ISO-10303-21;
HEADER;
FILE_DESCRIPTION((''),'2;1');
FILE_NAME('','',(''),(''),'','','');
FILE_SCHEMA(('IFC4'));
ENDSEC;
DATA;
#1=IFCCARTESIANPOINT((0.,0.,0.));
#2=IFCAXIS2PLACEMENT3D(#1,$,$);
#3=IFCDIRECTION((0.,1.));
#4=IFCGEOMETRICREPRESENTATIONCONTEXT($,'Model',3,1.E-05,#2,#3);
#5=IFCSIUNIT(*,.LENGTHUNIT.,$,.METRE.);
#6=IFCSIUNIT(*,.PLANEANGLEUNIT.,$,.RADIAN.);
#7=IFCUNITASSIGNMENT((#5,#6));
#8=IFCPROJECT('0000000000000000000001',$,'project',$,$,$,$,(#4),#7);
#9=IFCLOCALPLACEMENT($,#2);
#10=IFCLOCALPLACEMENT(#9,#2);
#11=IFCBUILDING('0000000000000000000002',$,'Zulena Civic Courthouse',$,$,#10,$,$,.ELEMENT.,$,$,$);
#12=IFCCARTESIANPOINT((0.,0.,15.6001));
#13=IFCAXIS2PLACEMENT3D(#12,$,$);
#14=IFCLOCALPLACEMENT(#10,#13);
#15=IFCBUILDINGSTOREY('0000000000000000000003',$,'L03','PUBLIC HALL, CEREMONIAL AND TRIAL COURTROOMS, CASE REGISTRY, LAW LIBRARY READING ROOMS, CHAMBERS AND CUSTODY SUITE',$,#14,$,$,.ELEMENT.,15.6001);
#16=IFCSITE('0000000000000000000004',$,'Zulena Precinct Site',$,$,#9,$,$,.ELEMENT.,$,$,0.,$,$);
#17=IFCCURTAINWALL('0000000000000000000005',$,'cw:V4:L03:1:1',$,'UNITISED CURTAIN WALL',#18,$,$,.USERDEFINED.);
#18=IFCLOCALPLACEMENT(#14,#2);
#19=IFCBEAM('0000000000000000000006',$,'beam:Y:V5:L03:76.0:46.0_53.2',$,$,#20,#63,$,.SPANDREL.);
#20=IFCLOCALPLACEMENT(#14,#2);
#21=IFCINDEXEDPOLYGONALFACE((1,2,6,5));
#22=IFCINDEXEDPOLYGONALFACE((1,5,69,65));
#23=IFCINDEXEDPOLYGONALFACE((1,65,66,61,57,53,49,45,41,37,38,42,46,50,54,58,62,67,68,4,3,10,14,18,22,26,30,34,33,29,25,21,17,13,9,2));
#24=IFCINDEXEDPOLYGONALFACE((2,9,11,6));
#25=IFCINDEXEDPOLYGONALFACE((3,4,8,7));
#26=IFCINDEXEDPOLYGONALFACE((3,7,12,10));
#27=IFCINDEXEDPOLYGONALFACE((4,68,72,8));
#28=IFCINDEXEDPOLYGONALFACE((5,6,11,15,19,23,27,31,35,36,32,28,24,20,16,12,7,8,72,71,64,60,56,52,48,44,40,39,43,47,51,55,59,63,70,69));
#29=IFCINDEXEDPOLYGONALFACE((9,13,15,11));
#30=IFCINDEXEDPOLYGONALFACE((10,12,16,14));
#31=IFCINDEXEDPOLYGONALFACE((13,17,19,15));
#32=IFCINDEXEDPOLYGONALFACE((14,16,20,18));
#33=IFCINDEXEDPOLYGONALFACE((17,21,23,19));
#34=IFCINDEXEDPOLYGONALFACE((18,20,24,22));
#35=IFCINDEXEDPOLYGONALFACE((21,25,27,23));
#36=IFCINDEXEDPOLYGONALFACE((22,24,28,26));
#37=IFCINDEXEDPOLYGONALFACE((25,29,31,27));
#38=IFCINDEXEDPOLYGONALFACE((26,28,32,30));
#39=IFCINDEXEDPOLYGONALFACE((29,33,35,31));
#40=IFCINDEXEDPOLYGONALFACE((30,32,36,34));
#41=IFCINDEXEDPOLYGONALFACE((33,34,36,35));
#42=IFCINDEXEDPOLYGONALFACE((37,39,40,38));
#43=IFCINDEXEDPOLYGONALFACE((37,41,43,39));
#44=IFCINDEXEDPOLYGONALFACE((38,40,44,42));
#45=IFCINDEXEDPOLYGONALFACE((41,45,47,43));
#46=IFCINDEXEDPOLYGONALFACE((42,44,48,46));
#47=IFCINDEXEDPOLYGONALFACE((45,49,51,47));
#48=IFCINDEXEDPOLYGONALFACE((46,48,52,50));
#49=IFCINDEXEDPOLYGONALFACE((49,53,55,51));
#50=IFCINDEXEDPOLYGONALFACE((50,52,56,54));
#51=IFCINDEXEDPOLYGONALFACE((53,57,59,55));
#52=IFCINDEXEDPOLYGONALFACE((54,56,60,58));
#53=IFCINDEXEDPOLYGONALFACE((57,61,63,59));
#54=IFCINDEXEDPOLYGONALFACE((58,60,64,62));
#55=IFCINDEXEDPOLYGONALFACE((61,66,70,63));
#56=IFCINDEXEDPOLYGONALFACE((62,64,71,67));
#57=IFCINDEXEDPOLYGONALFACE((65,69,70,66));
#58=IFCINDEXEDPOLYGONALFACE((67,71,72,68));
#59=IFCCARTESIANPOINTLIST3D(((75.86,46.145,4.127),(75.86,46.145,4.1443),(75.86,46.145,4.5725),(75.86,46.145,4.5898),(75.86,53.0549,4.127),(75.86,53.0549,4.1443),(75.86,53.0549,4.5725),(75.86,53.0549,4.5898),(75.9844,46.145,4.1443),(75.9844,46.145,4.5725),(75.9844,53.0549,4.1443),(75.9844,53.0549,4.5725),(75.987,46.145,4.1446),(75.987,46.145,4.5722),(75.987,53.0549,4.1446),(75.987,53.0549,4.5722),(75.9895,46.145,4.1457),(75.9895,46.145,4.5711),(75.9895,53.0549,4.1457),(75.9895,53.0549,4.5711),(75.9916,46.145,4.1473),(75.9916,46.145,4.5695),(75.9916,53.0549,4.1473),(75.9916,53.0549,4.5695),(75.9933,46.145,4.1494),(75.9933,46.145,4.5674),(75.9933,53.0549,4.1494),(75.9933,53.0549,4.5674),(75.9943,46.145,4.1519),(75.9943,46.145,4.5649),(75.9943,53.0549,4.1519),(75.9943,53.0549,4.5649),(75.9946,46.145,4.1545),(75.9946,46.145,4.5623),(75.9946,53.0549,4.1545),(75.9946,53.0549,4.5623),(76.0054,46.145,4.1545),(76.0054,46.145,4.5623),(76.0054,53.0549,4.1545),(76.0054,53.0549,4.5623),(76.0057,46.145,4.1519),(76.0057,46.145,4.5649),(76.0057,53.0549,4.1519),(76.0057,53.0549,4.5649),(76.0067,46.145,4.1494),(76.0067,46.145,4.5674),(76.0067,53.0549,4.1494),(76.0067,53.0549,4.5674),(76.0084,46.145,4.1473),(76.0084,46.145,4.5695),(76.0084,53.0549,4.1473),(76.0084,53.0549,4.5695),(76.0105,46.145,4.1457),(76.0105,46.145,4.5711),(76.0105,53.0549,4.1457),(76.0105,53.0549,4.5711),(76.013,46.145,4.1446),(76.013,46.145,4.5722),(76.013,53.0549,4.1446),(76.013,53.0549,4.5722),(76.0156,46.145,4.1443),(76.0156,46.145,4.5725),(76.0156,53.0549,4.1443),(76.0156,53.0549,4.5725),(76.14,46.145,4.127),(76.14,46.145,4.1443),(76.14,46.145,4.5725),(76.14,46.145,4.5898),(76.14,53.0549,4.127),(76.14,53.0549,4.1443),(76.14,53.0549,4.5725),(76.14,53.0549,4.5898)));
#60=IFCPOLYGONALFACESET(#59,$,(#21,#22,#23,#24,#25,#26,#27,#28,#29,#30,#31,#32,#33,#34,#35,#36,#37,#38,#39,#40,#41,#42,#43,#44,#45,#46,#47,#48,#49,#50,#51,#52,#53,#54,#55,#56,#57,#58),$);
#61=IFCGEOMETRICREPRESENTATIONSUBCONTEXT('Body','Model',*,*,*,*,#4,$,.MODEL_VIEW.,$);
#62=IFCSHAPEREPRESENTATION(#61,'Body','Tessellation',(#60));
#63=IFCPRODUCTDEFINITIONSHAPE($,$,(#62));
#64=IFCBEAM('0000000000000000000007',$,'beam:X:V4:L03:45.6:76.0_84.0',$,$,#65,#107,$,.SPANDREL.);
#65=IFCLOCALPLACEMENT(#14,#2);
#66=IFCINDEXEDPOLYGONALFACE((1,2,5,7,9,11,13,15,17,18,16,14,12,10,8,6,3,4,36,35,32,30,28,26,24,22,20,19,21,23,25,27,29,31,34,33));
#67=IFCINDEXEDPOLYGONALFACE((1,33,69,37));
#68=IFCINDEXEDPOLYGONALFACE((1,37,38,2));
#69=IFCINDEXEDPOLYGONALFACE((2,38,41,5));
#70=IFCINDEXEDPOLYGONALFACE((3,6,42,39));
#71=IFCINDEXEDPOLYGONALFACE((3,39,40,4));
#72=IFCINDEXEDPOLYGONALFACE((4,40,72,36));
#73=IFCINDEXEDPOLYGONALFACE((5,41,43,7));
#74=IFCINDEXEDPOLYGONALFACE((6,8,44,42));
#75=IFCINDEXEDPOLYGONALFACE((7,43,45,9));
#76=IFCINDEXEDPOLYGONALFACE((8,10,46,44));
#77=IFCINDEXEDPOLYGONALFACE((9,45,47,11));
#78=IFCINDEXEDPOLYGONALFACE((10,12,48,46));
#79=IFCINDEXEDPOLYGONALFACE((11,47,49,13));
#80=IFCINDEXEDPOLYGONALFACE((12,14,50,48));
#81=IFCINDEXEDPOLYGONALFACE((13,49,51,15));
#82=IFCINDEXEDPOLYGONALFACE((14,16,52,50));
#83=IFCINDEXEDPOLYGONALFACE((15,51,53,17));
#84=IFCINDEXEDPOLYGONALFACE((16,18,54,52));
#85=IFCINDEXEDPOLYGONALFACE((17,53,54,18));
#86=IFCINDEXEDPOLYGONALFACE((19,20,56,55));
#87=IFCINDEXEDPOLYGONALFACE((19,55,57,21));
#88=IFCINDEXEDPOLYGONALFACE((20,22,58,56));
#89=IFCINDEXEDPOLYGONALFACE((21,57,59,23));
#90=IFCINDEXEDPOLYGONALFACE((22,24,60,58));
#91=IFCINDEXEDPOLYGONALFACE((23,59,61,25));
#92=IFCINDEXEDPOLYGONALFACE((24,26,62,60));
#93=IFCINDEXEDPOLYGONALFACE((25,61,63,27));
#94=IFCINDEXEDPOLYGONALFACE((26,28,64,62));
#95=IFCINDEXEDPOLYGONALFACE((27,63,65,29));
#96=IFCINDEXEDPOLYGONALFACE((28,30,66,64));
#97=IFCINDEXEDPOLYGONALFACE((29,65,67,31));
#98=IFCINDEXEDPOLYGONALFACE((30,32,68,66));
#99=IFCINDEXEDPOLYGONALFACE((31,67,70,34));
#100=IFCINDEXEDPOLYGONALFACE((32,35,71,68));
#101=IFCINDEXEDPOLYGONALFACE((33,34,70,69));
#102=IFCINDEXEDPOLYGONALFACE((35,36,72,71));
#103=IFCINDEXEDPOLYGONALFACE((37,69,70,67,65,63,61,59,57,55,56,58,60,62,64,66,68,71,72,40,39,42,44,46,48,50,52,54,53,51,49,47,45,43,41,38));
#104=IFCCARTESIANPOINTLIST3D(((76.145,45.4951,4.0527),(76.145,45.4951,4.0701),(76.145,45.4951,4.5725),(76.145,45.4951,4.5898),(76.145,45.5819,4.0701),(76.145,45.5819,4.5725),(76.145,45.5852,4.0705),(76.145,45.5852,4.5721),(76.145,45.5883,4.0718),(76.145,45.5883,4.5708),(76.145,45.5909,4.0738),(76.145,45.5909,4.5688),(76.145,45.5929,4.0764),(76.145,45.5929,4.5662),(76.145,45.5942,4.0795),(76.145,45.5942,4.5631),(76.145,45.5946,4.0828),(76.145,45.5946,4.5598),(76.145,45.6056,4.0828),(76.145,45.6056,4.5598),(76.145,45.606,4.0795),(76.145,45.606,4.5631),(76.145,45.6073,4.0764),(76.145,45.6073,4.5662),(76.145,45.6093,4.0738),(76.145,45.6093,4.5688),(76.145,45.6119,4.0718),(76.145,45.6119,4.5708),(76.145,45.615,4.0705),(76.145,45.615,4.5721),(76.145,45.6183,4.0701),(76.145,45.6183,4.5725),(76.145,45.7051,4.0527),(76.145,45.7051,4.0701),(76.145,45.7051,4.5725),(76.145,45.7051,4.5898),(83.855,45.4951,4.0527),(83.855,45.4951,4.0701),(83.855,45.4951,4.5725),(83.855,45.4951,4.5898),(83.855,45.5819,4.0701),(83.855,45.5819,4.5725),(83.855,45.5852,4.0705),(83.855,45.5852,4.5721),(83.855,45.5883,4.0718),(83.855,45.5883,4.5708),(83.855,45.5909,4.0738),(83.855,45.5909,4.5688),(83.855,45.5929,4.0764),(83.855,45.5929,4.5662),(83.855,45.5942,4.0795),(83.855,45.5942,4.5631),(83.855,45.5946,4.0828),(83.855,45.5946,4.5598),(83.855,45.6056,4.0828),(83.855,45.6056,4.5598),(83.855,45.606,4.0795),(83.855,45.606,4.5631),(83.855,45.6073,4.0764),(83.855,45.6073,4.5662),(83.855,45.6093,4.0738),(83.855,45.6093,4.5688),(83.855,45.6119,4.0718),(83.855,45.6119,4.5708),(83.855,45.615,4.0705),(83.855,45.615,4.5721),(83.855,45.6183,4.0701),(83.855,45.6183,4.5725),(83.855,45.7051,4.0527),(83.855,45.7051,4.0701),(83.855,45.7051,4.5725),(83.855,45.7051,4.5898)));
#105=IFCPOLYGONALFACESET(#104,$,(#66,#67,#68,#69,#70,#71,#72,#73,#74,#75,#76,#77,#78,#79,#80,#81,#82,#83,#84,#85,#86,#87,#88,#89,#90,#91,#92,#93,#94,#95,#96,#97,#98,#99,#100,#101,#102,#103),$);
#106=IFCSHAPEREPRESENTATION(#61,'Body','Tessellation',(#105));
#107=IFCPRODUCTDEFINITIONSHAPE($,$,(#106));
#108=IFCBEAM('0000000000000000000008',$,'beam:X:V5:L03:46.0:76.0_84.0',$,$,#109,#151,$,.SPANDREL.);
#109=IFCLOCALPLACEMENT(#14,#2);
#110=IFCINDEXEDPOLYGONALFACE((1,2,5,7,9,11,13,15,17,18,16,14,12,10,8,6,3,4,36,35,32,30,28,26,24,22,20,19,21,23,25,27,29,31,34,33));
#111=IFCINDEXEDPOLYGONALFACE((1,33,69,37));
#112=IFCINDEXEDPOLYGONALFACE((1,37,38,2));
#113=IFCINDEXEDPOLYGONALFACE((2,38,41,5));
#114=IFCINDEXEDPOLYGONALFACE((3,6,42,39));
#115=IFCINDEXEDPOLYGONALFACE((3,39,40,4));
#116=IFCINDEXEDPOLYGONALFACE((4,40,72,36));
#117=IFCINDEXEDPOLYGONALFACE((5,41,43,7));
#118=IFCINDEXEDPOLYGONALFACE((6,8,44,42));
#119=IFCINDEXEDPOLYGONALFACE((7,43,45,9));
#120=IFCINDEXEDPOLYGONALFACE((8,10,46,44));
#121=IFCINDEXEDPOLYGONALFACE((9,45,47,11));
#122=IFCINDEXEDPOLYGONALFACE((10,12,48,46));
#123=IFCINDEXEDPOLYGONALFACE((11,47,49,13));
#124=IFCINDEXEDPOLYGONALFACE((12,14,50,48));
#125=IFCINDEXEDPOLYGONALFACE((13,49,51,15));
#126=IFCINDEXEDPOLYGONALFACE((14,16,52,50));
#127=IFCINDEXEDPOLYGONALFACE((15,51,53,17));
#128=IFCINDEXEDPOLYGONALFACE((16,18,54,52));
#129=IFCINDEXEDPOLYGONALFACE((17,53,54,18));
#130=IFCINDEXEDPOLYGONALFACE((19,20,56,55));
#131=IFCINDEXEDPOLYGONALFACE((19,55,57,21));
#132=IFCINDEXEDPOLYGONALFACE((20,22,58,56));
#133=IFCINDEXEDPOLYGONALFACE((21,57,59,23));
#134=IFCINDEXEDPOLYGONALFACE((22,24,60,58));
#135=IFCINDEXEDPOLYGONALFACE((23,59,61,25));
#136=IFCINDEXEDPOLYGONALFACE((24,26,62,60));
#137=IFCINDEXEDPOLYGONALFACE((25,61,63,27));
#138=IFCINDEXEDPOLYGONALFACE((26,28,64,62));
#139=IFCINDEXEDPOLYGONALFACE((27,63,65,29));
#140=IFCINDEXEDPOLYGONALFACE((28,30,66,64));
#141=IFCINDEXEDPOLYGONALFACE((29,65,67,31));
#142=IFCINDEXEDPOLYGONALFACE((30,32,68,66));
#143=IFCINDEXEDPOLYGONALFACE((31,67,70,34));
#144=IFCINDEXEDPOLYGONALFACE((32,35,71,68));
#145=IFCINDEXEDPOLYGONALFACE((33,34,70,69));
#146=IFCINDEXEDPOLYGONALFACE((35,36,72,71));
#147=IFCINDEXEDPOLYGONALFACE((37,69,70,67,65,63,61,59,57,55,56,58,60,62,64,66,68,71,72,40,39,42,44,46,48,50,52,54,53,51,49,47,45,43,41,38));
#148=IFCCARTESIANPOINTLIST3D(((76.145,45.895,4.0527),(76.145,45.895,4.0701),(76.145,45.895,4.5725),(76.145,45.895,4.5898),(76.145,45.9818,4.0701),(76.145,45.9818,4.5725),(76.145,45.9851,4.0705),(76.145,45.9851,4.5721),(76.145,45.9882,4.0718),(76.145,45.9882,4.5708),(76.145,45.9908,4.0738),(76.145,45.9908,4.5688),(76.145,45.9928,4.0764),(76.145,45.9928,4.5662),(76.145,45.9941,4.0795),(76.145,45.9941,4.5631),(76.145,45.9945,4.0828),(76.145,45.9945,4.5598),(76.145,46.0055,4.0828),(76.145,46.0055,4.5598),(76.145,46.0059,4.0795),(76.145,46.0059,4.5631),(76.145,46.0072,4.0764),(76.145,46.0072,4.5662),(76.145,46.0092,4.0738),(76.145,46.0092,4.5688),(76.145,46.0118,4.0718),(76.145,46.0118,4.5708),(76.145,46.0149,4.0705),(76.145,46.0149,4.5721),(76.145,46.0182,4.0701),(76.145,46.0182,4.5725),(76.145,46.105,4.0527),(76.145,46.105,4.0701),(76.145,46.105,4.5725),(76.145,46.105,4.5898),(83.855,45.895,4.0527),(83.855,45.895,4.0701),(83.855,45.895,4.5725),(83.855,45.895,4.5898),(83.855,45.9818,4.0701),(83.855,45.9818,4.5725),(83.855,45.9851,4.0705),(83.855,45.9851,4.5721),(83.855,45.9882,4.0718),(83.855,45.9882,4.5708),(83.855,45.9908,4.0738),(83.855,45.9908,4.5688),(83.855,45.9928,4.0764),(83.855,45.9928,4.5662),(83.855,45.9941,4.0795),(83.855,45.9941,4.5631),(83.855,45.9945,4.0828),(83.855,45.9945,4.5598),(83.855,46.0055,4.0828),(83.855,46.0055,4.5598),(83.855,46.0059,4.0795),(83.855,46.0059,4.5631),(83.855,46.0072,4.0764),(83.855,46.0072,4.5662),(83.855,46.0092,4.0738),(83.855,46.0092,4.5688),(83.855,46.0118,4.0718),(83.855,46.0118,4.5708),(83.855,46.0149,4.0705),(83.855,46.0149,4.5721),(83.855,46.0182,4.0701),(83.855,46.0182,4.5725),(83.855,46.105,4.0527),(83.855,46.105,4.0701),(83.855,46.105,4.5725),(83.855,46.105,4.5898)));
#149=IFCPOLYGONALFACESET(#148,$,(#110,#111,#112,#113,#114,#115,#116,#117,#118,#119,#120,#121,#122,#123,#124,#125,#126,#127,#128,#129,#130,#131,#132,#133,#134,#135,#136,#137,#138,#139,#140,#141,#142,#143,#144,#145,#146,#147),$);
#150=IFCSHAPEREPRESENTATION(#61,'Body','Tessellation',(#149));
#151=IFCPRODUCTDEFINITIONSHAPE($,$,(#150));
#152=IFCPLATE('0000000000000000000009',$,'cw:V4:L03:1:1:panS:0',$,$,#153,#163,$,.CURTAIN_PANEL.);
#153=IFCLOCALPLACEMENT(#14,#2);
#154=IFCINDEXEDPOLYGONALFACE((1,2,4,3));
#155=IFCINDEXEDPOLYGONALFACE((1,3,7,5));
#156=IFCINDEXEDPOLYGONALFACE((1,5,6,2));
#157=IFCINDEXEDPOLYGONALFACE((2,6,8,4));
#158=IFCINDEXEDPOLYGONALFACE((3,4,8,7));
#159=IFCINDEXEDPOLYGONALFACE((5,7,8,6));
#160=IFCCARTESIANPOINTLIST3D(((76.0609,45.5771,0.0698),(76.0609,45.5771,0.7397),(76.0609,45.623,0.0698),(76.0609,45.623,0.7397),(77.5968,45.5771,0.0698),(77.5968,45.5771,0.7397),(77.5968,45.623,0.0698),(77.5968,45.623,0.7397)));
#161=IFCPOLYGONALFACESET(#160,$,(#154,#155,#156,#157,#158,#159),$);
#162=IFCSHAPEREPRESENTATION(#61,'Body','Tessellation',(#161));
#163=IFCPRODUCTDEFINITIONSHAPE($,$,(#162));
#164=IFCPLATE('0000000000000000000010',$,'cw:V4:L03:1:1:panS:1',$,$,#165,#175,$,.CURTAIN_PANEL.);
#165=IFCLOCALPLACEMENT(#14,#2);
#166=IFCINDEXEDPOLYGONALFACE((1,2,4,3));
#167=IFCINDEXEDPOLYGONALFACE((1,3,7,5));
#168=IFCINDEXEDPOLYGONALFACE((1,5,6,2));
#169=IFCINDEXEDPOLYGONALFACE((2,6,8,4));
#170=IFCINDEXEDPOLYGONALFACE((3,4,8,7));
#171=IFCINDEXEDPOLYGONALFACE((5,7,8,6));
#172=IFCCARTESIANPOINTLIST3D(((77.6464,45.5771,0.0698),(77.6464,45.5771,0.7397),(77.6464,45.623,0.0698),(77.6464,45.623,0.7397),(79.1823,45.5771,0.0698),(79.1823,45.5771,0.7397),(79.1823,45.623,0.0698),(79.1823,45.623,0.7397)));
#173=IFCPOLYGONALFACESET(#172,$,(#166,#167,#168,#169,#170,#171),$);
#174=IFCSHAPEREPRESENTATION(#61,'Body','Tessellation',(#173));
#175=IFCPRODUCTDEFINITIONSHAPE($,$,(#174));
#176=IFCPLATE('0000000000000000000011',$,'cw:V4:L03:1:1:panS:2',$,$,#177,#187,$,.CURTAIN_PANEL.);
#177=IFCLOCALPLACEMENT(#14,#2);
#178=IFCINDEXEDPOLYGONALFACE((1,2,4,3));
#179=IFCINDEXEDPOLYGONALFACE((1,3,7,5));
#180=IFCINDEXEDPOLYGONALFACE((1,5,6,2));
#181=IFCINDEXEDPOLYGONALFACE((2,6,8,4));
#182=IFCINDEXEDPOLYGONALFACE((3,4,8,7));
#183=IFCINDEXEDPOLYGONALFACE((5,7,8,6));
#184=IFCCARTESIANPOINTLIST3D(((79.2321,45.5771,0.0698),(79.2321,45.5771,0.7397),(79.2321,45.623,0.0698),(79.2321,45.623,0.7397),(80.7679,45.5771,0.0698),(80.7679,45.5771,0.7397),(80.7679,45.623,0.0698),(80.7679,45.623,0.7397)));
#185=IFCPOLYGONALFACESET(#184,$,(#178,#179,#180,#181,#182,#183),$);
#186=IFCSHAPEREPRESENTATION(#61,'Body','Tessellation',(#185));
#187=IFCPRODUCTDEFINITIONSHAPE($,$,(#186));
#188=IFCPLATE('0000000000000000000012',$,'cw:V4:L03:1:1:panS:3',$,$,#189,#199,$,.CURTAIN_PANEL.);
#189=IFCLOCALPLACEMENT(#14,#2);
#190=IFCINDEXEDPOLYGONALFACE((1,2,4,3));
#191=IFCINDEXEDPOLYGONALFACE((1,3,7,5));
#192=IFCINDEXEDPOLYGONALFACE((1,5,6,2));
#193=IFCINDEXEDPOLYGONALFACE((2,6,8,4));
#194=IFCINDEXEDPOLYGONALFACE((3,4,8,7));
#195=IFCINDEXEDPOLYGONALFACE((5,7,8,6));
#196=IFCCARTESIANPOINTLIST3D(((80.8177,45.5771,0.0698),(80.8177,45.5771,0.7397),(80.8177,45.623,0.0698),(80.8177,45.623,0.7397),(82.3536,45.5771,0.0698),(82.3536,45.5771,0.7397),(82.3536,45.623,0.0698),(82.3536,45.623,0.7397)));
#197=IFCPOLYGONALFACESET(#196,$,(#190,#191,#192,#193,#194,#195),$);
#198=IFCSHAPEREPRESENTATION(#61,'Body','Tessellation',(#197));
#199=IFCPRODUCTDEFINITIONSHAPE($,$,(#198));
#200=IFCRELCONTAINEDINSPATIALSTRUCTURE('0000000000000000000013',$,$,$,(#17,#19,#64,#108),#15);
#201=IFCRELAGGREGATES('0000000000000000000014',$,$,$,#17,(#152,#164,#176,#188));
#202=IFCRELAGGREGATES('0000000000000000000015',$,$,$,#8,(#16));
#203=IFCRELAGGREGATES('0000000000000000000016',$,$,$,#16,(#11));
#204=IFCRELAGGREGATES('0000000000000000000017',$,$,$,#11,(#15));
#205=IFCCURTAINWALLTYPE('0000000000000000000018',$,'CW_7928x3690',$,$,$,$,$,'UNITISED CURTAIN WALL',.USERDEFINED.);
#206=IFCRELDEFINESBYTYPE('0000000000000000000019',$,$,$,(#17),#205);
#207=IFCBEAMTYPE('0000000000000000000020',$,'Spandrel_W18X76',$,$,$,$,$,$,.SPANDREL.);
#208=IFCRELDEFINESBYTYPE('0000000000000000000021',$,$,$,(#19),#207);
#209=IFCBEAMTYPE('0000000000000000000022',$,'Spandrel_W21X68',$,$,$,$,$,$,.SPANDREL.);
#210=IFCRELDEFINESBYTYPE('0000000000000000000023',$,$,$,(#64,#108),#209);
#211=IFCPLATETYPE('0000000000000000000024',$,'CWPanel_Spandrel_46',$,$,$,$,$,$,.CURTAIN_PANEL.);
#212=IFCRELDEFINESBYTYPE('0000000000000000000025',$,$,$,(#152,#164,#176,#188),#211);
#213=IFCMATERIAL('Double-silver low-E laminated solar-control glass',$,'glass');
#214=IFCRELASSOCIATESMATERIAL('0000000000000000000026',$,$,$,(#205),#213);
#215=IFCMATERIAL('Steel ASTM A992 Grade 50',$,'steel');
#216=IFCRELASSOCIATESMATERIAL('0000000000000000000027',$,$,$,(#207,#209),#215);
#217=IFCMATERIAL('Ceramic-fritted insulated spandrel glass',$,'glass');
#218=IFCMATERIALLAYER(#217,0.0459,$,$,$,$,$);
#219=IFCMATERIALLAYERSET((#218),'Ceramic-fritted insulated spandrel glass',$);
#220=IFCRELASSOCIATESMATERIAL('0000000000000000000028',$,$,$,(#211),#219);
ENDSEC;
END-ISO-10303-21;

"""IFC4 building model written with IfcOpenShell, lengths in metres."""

from ifc_helpers import new_model, si_unit, direction, frame, origin, origin_2d, place, context, subcontext, project, spatial, rectangle, i_section, extrude, material, layer, layer_set, material_profile, profile_set, type_object, element, aggregate, save


model = new_model("IFC4")

# Units and contexts
model_context = context("Model", 3, precision=1e-05, world=origin(), true_north=direction((0.0, 1.0)))
body_context = subcontext(model_context, "Body", "Model", "MODEL_VIEW")
ifc_project = project(units=[si_unit("LENGTHUNIT", "METRE"), si_unit("PLANEANGLEUNIT", "RADIAN")], contexts=[model_context])

# Site, building, storey
site_placement = place(None, origin())
site = spatial("IfcSite", under=ifc_project, at=site_placement, Name="Zulena Precinct Site", CompositionType="ELEMENT", RefElevation=0.0)
building_placement = place(site_placement, origin())
building = spatial("IfcBuilding", under=site, at=building_placement, Name="Zulena Civic Courthouse", CompositionType="ELEMENT")
storey_placement = place(building_placement, frame((0.0, 0.0, 15.6001)))
storey = spatial("IfcBuildingStorey", under=building, at=storey_placement, Name="L03", Description="PUBLIC HALL, CEREMONIAL AND TRIAL COURTROOMS, CASE REGISTRY, LAW LIBRARY READING ROOMS, CHAMBERS AND CUSTODY SUITE", CompositionType="ELEMENT", Elevation=15.6001)

# Shared definitions
ifc_material_1 = material(Name="Steel ASTM A992 Grade 50", Category="steel")

# Curtain wall
ifc_material_2 = material(Name="Double-silver low-E laminated solar-control glass", Category="glass")
curtain_wall_type = type_object("IfcCurtainWallType", Name="CW_7928x3690", ElementType="UNITISED CURTAIN WALL", PredefinedType="USERDEFINED", material=ifc_material_2)
curtain_wall_1_placement = place(storey_placement, origin())
curtain_wall_1 = element("IfcCurtainWall", 1, at=curtain_wall_1_placement, inside=storey, type_object=curtain_wall_type, Name="cw:V4:L03:1:1", ObjectType="UNITISED CURTAIN WALL", PredefinedType="USERDEFINED")

# Beams
ifc_material_profile_1 = material_profile(ifc_material_1, i_section(OverallWidth=0.28, OverallDepth=0.4629, WebThickness=0.0107, FlangeThickness=0.0173, FilletRadius=0.0103, at=origin_2d()), Name="W18X76")
ifc_profile_set_1 = profile_set([ifc_material_profile_1], Name="Steel ASTM A992 Grade 50")
beam_type_1 = type_object("IfcBeamType", Name="Spandrel_W18X76", PredefinedType="SPANDREL", material=ifc_profile_set_1)
beam_1_placement = place(storey_placement, frame((76.0, 46.145, 4.3584), z_axis=(0.0, 1.0, 0.0), x_axis=(-1.0, 0.0, 0.0)))
element("IfcBeam", 2, at=beam_1_placement, inside=storey, type_object=beam_type_1, Name="beam:Y:V5:L03:76.0:46.0_53.2", PredefinedType="SPANDREL", context=body_context, shape_type="SweptSolid", body=[
    extrude(i_section(OverallWidth=0.28, OverallDepth=0.4629, WebThickness=0.0107, FlangeThickness=0.0173, FilletRadius=0.0103, at=origin_2d()), origin(), (0.0, 0.0, 1.0), 6.9099),
])
ifc_material_profile_2 = material_profile(ifc_material_1, i_section(OverallWidth=0.21, OverallDepth=0.5371, WebThickness=0.011, FlangeThickness=0.0173, FilletRadius=0.0127, at=origin_2d()), Name="W21X68")
ifc_profile_set_2 = profile_set([ifc_material_profile_2], Name="Steel ASTM A992 Grade 50")
beam_type_2 = type_object("IfcBeamType", Name="Spandrel_W21X68", PredefinedType="SPANDREL", material=ifc_profile_set_2)
for number, where, z_axis, x_axis, name in (
    (3, (76.145, 45.6001, 4.3213), (1.0, 0.0, 0.0), (0.0, 1.0, 0.0), "beam:X:V4:L03:45.6:76.0_84.0"),
    (4, (76.145, 46.0, 4.3213), (1.0, 0.0, 0.0), (0.0, 1.0, 0.0), "beam:X:V5:L03:46.0:76.0_84.0"),
):
    element("IfcBeam", number, at=place(storey_placement, frame(where, z_axis=z_axis, x_axis=x_axis)), inside=storey, type_object=beam_type_2, Name=name, PredefinedType="SPANDREL", context=body_context, shape_type="SweptSolid", body=[
        extrude(i_section(OverallWidth=0.21, OverallDepth=0.5371, WebThickness=0.011, FlangeThickness=0.0173, FilletRadius=0.0127, at=origin_2d()), origin(), (0.0, 0.0, 1.0), 7.71),
    ])

# Plates
ifc_material_3 = material(Name="Ceramic-fritted insulated spandrel glass", Category="glass")
ifc_layer_1 = layer(ifc_material_3, 0.0459)
ifc_layer_set_1 = layer_set([ifc_layer_1], Name="Ceramic-fritted insulated spandrel glass")
plate_type_1 = type_object("IfcPlateType", Name="CWPanel_Spandrel_46", PredefinedType="CURTAIN_PANEL", material=ifc_layer_set_1)
plate_1_placement = place(storey_placement, frame((76.8289, 45.6001, 0.0698), z_axis=(0.0, 0.0, 1.0), x_axis=(1.0, 0.0, 0.0)))
plate_1 = element("IfcPlate", 5, at=plate_1_placement, type_object=plate_type_1, Name="cw:V4:L03:1:1:panS:0", PredefinedType="CURTAIN_PANEL", context=body_context, shape_type="SweptSolid", body=[
    extrude(rectangle(XDim=1.5359, YDim=0.0459, at=origin_2d()), origin(), (0.0, 0.0, 1.0), 0.6699),
])
plate_2_placement = place(storey_placement, frame((78.4143, 45.6001, 0.0698), z_axis=(0.0, 0.0, 1.0), x_axis=(1.0, 0.0, 0.0)))
plate_2 = element("IfcPlate", 6, at=plate_2_placement, type_object=plate_type_1, Name="cw:V4:L03:1:1:panS:1", PredefinedType="CURTAIN_PANEL", context=body_context, shape_type="SweptSolid", body=[
    extrude(rectangle(XDim=1.5359, YDim=0.0459, at=origin_2d()), origin(), (0.0, 0.0, 1.0), 0.6699),
])
plate_3_placement = place(storey_placement, frame((80.0, 45.6001, 0.0698), z_axis=(0.0, 0.0, 1.0), x_axis=(1.0, 0.0, 0.0)))
plate_3 = element("IfcPlate", 7, at=plate_3_placement, type_object=plate_type_1, Name="cw:V4:L03:1:1:panS:2", PredefinedType="CURTAIN_PANEL", context=body_context, shape_type="SweptSolid", body=[
    extrude(rectangle(XDim=1.5359, YDim=0.0459, at=origin_2d()), origin(), (0.0, 0.0, 1.0), 0.6699),
])
plate_4_placement = place(storey_placement, frame((81.5857, 45.6001, 0.0698), z_axis=(0.0, 0.0, 1.0), x_axis=(1.0, 0.0, 0.0)))
plate_4 = element("IfcPlate", 8, at=plate_4_placement, type_object=plate_type_1, Name="cw:V4:L03:1:1:panS:3", PredefinedType="CURTAIN_PANEL", context=body_context, shape_type="SweptSolid", body=[
    extrude(rectangle(XDim=1.5359, YDim=0.0459, at=origin_2d()), origin(), (0.0, 0.0, 1.0), 0.6699),
])
aggregate(curtain_wall_1, [plate_1, plate_2, plate_3, plate_4])

save(model, "model.ifc")
